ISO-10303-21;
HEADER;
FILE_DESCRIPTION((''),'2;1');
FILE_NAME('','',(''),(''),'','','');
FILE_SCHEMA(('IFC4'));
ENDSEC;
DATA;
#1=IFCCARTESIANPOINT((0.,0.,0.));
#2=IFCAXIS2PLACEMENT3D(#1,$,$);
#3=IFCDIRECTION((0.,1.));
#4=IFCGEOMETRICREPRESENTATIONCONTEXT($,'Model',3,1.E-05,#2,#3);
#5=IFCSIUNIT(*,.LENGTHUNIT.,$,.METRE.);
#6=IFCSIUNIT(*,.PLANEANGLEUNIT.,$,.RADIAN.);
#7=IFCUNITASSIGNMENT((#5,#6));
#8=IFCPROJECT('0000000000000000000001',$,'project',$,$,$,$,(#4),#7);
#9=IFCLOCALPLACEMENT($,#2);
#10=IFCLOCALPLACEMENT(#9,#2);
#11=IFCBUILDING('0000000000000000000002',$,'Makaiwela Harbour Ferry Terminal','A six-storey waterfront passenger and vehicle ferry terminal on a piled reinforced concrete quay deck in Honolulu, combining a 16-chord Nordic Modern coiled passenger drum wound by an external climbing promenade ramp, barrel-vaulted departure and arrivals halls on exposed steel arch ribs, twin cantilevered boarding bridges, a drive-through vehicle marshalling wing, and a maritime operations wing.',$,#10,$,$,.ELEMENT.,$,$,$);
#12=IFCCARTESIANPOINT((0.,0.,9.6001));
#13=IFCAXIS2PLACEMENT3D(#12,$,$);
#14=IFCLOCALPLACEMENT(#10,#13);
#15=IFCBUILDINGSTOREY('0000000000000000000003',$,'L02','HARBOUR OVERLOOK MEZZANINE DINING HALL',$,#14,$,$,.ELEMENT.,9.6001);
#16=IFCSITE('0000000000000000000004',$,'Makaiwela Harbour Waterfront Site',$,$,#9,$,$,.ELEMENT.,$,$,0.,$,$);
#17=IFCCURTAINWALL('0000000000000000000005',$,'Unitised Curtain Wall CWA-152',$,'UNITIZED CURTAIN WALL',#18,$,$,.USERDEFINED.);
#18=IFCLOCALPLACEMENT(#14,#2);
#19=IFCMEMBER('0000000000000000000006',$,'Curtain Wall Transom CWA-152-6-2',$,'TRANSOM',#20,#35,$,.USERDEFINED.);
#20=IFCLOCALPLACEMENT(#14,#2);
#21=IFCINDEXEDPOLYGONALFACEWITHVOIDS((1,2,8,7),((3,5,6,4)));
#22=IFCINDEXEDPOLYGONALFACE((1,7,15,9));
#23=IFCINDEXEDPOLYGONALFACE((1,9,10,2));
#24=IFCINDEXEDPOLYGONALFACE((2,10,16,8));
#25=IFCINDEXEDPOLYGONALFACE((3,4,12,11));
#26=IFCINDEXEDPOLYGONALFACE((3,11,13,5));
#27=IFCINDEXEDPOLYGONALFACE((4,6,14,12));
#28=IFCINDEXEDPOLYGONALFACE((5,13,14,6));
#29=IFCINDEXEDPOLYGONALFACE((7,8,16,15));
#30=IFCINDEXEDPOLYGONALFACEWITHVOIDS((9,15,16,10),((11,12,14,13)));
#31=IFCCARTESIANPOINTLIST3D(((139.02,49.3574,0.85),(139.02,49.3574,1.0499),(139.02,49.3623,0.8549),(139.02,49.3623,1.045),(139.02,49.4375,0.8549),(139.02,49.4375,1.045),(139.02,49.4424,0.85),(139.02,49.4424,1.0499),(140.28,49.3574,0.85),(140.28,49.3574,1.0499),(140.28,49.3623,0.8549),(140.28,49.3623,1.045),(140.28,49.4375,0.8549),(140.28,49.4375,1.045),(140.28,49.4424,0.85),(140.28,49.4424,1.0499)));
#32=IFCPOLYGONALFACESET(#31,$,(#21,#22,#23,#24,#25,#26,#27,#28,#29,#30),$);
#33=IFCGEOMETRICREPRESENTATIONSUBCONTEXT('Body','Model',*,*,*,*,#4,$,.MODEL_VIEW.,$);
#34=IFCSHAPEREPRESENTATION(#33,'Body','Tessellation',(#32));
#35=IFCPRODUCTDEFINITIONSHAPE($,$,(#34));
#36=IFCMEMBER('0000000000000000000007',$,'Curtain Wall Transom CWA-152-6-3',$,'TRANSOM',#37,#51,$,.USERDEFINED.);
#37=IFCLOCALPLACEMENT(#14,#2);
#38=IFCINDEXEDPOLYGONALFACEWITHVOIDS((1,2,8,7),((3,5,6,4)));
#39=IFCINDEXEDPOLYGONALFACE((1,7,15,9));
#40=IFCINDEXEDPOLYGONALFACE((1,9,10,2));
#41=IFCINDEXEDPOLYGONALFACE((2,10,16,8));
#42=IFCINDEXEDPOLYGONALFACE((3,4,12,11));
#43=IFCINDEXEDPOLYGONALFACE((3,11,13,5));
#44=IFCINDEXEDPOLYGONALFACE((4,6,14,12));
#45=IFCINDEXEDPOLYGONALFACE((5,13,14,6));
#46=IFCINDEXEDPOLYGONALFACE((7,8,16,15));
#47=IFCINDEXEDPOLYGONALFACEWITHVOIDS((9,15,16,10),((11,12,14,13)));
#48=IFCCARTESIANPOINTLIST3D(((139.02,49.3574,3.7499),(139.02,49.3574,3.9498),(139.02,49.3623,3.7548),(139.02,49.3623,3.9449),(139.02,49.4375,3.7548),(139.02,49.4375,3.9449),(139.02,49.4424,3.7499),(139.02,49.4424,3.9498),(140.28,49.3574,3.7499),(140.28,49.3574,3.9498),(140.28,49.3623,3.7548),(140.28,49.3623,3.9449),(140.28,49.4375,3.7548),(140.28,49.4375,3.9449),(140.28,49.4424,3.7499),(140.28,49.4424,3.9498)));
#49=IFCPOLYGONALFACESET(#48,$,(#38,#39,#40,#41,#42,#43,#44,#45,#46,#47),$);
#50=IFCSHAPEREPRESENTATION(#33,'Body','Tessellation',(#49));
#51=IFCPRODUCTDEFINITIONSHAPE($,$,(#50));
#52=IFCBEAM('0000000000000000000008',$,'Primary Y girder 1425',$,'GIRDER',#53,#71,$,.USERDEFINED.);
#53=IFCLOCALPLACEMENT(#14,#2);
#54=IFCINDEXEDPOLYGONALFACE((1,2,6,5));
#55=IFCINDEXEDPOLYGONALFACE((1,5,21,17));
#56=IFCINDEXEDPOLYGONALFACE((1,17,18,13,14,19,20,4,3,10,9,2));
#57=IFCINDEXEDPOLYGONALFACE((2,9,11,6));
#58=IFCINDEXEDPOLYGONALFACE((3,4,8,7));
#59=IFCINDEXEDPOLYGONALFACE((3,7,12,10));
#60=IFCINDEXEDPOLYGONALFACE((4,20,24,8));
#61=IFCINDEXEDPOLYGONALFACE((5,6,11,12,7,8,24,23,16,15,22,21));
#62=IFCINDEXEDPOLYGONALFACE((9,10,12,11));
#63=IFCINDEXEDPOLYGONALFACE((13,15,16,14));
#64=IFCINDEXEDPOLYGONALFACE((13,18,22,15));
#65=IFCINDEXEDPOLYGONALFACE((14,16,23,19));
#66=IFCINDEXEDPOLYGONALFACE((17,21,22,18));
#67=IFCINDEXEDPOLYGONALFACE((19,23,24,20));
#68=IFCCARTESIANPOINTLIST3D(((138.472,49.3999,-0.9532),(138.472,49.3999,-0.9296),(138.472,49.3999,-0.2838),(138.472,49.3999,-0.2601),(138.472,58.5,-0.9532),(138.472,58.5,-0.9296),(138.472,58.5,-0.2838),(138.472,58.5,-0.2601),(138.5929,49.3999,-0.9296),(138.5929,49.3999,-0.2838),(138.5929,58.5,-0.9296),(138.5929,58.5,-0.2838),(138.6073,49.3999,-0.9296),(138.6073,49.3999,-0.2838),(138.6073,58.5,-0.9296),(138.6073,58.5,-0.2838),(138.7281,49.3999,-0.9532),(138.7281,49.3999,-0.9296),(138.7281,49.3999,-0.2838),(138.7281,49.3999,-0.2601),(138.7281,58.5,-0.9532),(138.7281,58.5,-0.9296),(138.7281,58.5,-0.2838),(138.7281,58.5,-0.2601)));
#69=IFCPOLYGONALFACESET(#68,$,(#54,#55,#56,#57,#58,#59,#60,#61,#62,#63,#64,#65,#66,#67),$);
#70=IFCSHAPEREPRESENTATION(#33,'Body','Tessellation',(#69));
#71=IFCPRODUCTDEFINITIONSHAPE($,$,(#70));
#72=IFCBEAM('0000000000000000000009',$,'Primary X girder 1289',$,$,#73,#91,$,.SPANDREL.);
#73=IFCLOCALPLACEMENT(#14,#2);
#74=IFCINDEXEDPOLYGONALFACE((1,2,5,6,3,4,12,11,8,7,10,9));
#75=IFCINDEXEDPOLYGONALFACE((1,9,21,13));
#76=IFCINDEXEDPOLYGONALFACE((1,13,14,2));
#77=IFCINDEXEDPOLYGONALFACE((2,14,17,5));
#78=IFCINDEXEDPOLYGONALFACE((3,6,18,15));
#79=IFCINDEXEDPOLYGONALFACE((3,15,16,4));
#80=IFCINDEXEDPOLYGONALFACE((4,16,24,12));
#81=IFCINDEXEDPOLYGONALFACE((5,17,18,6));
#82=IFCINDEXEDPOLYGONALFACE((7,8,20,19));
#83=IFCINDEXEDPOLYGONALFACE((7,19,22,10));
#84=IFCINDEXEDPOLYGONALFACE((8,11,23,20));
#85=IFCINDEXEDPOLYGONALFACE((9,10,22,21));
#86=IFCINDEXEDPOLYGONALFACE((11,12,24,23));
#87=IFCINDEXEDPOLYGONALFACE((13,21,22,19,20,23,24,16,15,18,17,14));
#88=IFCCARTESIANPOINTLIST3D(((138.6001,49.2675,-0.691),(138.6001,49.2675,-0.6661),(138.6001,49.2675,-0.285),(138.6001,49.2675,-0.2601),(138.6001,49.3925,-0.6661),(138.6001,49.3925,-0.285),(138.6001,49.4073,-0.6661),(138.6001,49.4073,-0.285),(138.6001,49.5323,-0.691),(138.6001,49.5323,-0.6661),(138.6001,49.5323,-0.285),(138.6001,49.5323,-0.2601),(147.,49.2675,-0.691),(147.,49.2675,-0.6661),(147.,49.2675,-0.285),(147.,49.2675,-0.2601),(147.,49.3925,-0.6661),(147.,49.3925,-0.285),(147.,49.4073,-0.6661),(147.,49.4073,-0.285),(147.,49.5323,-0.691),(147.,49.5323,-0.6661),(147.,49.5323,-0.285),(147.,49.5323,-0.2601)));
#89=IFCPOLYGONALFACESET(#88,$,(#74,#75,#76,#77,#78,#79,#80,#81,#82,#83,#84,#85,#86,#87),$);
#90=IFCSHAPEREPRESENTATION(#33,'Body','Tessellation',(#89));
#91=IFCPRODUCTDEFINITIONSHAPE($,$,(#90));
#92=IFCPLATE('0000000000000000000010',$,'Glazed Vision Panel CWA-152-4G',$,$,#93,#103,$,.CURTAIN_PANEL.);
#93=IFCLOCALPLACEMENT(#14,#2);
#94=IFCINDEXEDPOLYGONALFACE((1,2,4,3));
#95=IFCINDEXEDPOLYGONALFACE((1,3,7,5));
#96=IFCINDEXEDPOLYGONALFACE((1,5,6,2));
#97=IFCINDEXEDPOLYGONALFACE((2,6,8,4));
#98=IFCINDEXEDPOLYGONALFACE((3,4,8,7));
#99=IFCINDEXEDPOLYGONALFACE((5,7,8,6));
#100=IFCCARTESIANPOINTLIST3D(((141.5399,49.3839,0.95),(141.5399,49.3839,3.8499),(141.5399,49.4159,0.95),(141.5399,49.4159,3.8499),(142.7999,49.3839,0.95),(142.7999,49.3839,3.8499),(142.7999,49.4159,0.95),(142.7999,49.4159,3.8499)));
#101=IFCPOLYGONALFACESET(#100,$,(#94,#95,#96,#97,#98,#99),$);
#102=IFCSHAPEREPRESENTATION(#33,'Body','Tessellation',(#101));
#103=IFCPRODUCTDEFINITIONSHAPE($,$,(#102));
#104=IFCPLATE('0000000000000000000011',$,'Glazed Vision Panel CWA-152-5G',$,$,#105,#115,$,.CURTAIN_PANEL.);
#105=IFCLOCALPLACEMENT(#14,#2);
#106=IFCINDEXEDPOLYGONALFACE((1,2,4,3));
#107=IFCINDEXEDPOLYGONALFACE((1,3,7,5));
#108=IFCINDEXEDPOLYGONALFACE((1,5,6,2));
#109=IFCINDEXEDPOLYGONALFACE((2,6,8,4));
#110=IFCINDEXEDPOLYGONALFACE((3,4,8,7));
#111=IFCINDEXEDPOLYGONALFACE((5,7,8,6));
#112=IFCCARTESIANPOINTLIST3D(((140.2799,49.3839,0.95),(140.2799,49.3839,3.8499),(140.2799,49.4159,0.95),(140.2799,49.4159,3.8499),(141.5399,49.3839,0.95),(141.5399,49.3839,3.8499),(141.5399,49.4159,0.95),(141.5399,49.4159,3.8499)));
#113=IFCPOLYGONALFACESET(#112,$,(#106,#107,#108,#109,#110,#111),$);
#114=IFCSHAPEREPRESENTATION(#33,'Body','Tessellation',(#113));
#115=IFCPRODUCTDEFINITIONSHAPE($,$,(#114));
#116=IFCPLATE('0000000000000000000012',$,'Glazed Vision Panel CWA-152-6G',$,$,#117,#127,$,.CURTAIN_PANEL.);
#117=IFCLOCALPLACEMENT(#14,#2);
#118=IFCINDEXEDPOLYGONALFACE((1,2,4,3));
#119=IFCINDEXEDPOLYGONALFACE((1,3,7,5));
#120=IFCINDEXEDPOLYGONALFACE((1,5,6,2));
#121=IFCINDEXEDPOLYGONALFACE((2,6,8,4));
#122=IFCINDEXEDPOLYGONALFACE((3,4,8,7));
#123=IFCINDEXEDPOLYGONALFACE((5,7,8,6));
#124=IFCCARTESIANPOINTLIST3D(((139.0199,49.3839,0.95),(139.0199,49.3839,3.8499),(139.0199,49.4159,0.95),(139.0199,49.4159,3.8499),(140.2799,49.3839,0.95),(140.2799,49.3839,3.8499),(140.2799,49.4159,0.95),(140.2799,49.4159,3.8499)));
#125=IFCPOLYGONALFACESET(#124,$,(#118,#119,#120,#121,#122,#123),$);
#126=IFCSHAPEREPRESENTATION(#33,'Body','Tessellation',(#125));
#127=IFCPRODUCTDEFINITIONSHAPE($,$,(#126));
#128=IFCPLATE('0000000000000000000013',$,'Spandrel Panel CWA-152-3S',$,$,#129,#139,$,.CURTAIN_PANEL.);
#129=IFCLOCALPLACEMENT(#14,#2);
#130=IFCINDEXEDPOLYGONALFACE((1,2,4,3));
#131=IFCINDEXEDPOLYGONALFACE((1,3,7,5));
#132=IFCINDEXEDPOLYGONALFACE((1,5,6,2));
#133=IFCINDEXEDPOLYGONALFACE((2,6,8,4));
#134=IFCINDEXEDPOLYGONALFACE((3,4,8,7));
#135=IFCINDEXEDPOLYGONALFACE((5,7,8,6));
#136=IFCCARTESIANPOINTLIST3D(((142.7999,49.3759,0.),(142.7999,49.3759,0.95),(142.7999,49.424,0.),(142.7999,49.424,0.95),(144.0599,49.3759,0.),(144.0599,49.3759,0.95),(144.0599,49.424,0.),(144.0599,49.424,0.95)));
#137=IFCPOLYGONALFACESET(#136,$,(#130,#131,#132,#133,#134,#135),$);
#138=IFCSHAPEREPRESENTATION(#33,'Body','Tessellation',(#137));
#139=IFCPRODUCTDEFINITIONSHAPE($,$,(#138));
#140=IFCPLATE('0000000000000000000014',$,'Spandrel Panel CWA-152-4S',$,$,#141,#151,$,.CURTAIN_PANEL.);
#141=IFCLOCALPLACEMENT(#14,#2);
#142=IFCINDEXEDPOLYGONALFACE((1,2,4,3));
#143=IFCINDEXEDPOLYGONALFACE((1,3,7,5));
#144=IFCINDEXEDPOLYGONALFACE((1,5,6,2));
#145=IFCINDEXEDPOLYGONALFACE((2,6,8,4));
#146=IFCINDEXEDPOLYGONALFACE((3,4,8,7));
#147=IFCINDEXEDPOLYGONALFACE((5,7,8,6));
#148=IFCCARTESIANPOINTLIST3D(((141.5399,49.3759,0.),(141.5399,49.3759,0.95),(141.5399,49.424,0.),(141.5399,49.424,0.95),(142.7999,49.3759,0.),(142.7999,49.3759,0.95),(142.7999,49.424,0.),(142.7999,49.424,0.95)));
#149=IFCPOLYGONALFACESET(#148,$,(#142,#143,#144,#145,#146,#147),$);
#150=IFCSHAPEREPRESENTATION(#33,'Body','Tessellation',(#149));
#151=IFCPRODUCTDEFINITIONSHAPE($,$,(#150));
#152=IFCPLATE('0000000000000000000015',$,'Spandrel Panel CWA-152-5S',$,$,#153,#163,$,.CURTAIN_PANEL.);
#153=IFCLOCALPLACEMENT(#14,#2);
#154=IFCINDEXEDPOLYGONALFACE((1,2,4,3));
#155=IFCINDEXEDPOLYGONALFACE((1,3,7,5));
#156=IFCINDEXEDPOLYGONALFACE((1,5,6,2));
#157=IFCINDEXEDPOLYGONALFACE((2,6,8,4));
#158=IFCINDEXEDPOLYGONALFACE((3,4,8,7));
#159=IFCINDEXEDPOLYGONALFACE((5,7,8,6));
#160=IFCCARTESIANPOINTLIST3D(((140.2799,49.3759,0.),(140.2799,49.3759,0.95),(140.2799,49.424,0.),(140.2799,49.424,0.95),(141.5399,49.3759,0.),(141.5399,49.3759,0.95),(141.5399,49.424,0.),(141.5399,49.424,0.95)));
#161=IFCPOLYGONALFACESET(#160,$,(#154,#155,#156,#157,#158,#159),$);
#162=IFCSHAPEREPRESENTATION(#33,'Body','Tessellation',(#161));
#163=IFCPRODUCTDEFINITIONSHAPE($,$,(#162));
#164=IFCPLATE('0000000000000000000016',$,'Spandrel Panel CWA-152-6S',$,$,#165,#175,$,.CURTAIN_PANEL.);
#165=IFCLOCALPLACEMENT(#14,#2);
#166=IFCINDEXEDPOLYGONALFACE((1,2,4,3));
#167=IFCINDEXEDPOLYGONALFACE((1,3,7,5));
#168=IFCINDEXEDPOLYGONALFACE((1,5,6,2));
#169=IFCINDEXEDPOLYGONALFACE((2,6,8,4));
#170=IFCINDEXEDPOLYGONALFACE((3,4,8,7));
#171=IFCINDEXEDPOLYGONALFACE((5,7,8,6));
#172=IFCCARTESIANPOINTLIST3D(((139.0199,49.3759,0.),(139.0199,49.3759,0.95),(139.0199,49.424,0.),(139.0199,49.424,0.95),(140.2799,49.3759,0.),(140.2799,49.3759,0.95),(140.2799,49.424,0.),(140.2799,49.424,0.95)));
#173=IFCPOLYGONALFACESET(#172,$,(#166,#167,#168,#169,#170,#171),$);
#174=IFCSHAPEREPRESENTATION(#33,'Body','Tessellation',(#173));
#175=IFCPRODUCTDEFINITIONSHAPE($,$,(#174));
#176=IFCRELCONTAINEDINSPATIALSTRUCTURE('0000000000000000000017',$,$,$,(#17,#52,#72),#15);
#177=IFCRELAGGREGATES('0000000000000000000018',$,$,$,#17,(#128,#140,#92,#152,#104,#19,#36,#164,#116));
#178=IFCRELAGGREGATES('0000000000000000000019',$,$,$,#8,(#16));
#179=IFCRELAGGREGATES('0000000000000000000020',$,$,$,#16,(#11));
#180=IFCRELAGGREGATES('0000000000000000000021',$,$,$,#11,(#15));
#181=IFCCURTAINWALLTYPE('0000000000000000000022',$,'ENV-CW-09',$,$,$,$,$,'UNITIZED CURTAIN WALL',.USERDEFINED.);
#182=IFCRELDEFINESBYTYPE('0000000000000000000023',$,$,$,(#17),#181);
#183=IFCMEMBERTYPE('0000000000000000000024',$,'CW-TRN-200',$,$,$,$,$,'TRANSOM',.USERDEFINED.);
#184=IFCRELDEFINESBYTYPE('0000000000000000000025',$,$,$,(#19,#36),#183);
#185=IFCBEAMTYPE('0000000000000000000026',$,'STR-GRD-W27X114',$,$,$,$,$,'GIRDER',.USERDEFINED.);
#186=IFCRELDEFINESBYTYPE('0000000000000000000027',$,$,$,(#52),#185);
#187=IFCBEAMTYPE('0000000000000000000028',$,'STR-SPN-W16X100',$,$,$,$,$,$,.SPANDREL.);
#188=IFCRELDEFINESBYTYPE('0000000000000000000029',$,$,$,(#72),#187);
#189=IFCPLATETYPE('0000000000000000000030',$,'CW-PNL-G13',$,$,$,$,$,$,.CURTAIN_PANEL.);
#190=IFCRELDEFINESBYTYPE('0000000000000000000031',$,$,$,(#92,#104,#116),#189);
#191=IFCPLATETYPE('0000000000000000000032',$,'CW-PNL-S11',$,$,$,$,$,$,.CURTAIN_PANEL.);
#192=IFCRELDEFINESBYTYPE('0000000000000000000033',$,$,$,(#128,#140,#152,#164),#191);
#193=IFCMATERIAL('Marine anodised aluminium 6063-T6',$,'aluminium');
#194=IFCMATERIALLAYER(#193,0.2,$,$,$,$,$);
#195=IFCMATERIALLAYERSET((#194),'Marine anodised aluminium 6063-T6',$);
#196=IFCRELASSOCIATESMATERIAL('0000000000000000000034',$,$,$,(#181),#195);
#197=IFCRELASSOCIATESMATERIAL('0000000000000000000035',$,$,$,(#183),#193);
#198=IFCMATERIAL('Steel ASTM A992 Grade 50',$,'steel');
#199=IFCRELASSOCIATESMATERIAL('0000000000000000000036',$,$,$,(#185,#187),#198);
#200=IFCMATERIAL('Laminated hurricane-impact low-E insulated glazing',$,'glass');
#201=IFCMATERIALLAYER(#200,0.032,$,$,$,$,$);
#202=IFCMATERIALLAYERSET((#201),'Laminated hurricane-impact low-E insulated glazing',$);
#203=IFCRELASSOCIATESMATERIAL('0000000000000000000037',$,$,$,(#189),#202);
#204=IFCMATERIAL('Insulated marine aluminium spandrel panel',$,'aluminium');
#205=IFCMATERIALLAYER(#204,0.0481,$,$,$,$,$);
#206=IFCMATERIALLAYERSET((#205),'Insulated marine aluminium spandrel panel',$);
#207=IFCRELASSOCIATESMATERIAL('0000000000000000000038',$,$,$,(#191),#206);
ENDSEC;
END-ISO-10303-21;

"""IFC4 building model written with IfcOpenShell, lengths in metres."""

from ifc_helpers import new_model, si_unit, direction, frame, origin, origin_2d, place, context, subcontext, project, spatial, rectangle, hollow_rectangle, i_section, extrude, material, layer, layer_set, material_profile, profile_set, type_object, element, aggregate, save


model = new_model("IFC4")

# Units and contexts
model_context = context("Model", 3, precision=1e-05, world=origin(), true_north=direction((0.0, 1.0)))
body_context = subcontext(model_context, "Body", "Model", "MODEL_VIEW")
ifc_project = project(units=[si_unit("LENGTHUNIT", "METRE"), si_unit("PLANEANGLEUNIT", "RADIAN")], contexts=[model_context])

# Site, building, storey
site_placement = place(None, origin())
site = spatial("IfcSite", under=ifc_project, at=site_placement, Name="Makaiwela Harbour Waterfront Site", CompositionType="ELEMENT", RefElevation=0.0)
building_placement = place(site_placement, origin())
building = spatial("IfcBuilding", under=site, at=building_placement, Name="Makaiwela Harbour Ferry Terminal", Description="A six-storey waterfront passenger and vehicle ferry terminal on a piled reinforced concrete quay deck in Honolulu, combining a 16-chord Nordic Modern coiled passenger drum wound by an external climbing promenade ramp, barrel-vaulted departure and arrivals halls on exposed steel arch ribs, twin cantilevered boarding bridges, a drive-through vehicle marshalling wing, and a maritime operations wing.", CompositionType="ELEMENT")
storey_placement = place(building_placement, frame((0.0, 0.0, 9.6001)))
storey = spatial("IfcBuildingStorey", under=building, at=storey_placement, Name="L02", Description="HARBOUR OVERLOOK MEZZANINE DINING HALL", CompositionType="ELEMENT", Elevation=9.6001)

# Curtain wall, members
ifc_material_1 = material(Name="Marine anodised aluminium 6063-T6", Category="aluminium")
ifc_layer_1 = layer(ifc_material_1, 0.2)
ifc_layer_set_1 = layer_set([ifc_layer_1], Name="Marine anodised aluminium 6063-T6")
curtain_wall_type = type_object("IfcCurtainWallType", Name="ENV-CW-09", ElementType="UNITIZED CURTAIN WALL", PredefinedType="USERDEFINED", material=ifc_layer_set_1)
curtain_wall_placement = place(storey_placement, origin())
curtain_wall = element("IfcCurtainWall", 1, at=curtain_wall_placement, inside=storey, type_object=curtain_wall_type, Name="Unitised Curtain Wall CWA-152", ObjectType="UNITIZED CURTAIN WALL", PredefinedType="USERDEFINED")
ifc_material_profile_1 = material_profile(ifc_material_1, hollow_rectangle(XDim=0.085, YDim=0.2, WallThickness=0.0049, at=origin_2d()), Name="CWT-200X85")
ifc_profile_set_1 = profile_set([ifc_material_profile_1], Name="Marine anodised aluminium 6063-T6")
member_type_1 = type_object("IfcMemberType", Name="CW-TRN-200", ElementType="TRANSOM", PredefinedType="USERDEFINED", material=ifc_profile_set_1)
member_1_placement = place(storey_placement, frame((140.28, 49.3999, 0.95), z_axis=(-1.0, 0.0, 0.0), x_axis=(0.0, -1.0, 0.0)))
member_1 = element("IfcMember", 2, at=member_1_placement, type_object=member_type_1, Name="Curtain Wall Transom CWA-152-6-2", ObjectType="TRANSOM", PredefinedType="USERDEFINED", context=body_context, shape_type="SweptSolid", body=[
    extrude(hollow_rectangle(XDim=0.085, YDim=0.2, WallThickness=0.0049, at=origin_2d()), origin(), (0.0, 0.0, 1.0), 1.26),
])
member_2_placement = place(storey_placement, frame((140.28, 49.3999, 3.8499), z_axis=(-1.0, 0.0, 0.0), x_axis=(0.0, -1.0, 0.0)))
member_2 = element("IfcMember", 3, at=member_2_placement, type_object=member_type_1, Name="Curtain Wall Transom CWA-152-6-3", ObjectType="TRANSOM", PredefinedType="USERDEFINED", context=body_context, shape_type="SweptSolid", body=[
    extrude(hollow_rectangle(XDim=0.085, YDim=0.2, WallThickness=0.0049, at=origin_2d()), origin(), (0.0, 0.0, 1.0), 1.26),
])

# Beams
ifc_material_2 = material(Name="Steel ASTM A992 Grade 50", Category="steel")
ifc_material_profile_2 = material_profile(ifc_material_2, i_section(OverallWidth=0.2561, OverallDepth=0.6931, WebThickness=0.0144, FlangeThickness=0.0237, at=origin_2d()), Name="W27X114")
ifc_profile_set_2 = profile_set([ifc_material_profile_2], Name="Steel ASTM A992 Grade 50")
beam_type_1 = type_object("IfcBeamType", Name="STR-GRD-W27X114", ElementType="GIRDER", PredefinedType="USERDEFINED", material=ifc_profile_set_2)
beam_1_placement = place(storey_placement, frame((138.6001, 49.3999, -0.6067), z_axis=(0.0, 1.0, 0.0), x_axis=(-1.0, 0.0, 0.0)))
element("IfcBeam", 4, at=beam_1_placement, inside=storey, type_object=beam_type_1, Name="Primary Y girder 1425", ObjectType="GIRDER", PredefinedType="USERDEFINED", context=body_context, shape_type="SweptSolid", body=[
    extrude(i_section(OverallWidth=0.2561, OverallDepth=0.6931, WebThickness=0.0144, FlangeThickness=0.0237, at=origin_2d()), origin(), (0.0, 0.0, 1.0), 9.1001),
])
ifc_material_profile_3 = material_profile(ifc_material_2, i_section(OverallWidth=0.2649, OverallDepth=0.4309, WebThickness=0.0149, FlangeThickness=0.0249, at=origin_2d()), Name="W16X100")
ifc_profile_set_3 = profile_set([ifc_material_profile_3], Name="Steel ASTM A992 Grade 50")
beam_type_2 = type_object("IfcBeamType", Name="STR-SPN-W16X100", PredefinedType="SPANDREL", material=ifc_profile_set_3)
beam_2_placement = place(storey_placement, frame((138.6001, 49.3999, -0.4756), z_axis=(1.0, 0.0, 0.0), x_axis=(0.0, 1.0, 0.0)))
element("IfcBeam", 5, at=beam_2_placement, inside=storey, type_object=beam_type_2, Name="Primary X girder 1289", PredefinedType="SPANDREL", context=body_context, shape_type="SweptSolid", body=[
    extrude(i_section(OverallWidth=0.2649, OverallDepth=0.4309, WebThickness=0.0149, FlangeThickness=0.0249, at=origin_2d()), origin(), (0.0, 0.0, 1.0), 8.3999),
])

# Plates
ifc_material_3 = material(Name="Laminated hurricane-impact low-E insulated glazing", Category="glass")
ifc_layer_2 = layer(ifc_material_3, 0.032)
ifc_layer_set_2 = layer_set([ifc_layer_2], Name="Laminated hurricane-impact low-E insulated glazing")
plate_type_1 = type_object("IfcPlateType", Name="CW-PNL-G13", PredefinedType="CURTAIN_PANEL", material=ifc_layer_set_2)
plate_1_placement = place(storey_placement, frame((142.1699, 49.3999, 0.95), z_axis=(0.0, 0.0, 1.0), x_axis=(-1.0, 0.0, 0.0)))
plate_1 = element("IfcPlate", 6, at=plate_1_placement, type_object=plate_type_1, Name="Glazed Vision Panel CWA-152-4G", PredefinedType="CURTAIN_PANEL", context=body_context, shape_type="SweptSolid", body=[
    extrude(rectangle(XDim=1.26, YDim=0.032, at=origin_2d()), origin(), (0.0, 0.0, 1.0), 2.8999),
])
plate_2_placement = place(storey_placement, frame((140.9099, 49.3999, 0.95), z_axis=(0.0, 0.0, 1.0), x_axis=(-1.0, 0.0, 0.0)))
plate_2 = element("IfcPlate", 7, at=plate_2_placement, type_object=plate_type_1, Name="Glazed Vision Panel CWA-152-5G", PredefinedType="CURTAIN_PANEL", context=body_context, shape_type="SweptSolid", body=[
    extrude(rectangle(XDim=1.26, YDim=0.032, at=origin_2d()), origin(), (0.0, 0.0, 1.0), 2.8999),
])
plate_3_placement = place(storey_placement, frame((139.6499, 49.3999, 0.95), z_axis=(0.0, 0.0, 1.0), x_axis=(-1.0, 0.0, 0.0)))
plate_3 = element("IfcPlate", 8, at=plate_3_placement, type_object=plate_type_1, Name="Glazed Vision Panel CWA-152-6G", PredefinedType="CURTAIN_PANEL", context=body_context, shape_type="SweptSolid", body=[
    extrude(rectangle(XDim=1.26, YDim=0.032, at=origin_2d()), origin(), (0.0, 0.0, 1.0), 2.8999),
])
ifc_material_4 = material(Name="Insulated marine aluminium spandrel panel", Category="aluminium")
ifc_layer_3 = layer(ifc_material_4, 0.0481)
ifc_layer_set_3 = layer_set([ifc_layer_3], Name="Insulated marine aluminium spandrel panel")
plate_type_2 = type_object("IfcPlateType", Name="CW-PNL-S11", PredefinedType="CURTAIN_PANEL", material=ifc_layer_set_3)
plate_4_placement = place(storey_placement, frame((143.4299, 49.3999, 0.0), z_axis=(0.0, 0.0, 1.0), x_axis=(-1.0, 0.0, 0.0)))
plate_4 = element("IfcPlate", 9, at=plate_4_placement, type_object=plate_type_2, Name="Spandrel Panel CWA-152-3S", PredefinedType="CURTAIN_PANEL", context=body_context, shape_type="SweptSolid", body=[
    extrude(rectangle(XDim=1.26, YDim=0.0481, at=origin_2d()), origin(), (0.0, 0.0, 1.0), 0.95),
])
plate_5_placement = place(storey_placement, frame((142.1699, 49.3999, 0.0), z_axis=(0.0, 0.0, 1.0), x_axis=(-1.0, 0.0, 0.0)))
plate_5 = element("IfcPlate", 10, at=plate_5_placement, type_object=plate_type_2, Name="Spandrel Panel CWA-152-4S", PredefinedType="CURTAIN_PANEL", context=body_context, shape_type="SweptSolid", body=[
    extrude(rectangle(XDim=1.26, YDim=0.0481, at=origin_2d()), origin(), (0.0, 0.0, 1.0), 0.95),
])
plate_6_placement = place(storey_placement, frame((140.9099, 49.3999, 0.0), z_axis=(0.0, 0.0, 1.0), x_axis=(-1.0, 0.0, 0.0)))
plate_6 = element("IfcPlate", 11, at=plate_6_placement, type_object=plate_type_2, Name="Spandrel Panel CWA-152-5S", PredefinedType="CURTAIN_PANEL", context=body_context, shape_type="SweptSolid", body=[
    extrude(rectangle(XDim=1.26, YDim=0.0481, at=origin_2d()), origin(), (0.0, 0.0, 1.0), 0.95),
])
plate_7_placement = place(storey_placement, frame((139.6499, 49.3999, 0.0), z_axis=(0.0, 0.0, 1.0), x_axis=(-1.0, 0.0, 0.0)))
plate_7 = element("IfcPlate", 12, at=plate_7_placement, type_object=plate_type_2, Name="Spandrel Panel CWA-152-6S", PredefinedType="CURTAIN_PANEL", context=body_context, shape_type="SweptSolid", body=[
    extrude(rectangle(XDim=1.26, YDim=0.0481, at=origin_2d()), origin(), (0.0, 0.0, 1.0), 0.95),
])
aggregate(curtain_wall, [plate_4, plate_5, plate_1, plate_6, plate_2, member_1, member_2, plate_7, plate_3])

save(model, "model.ifc")
